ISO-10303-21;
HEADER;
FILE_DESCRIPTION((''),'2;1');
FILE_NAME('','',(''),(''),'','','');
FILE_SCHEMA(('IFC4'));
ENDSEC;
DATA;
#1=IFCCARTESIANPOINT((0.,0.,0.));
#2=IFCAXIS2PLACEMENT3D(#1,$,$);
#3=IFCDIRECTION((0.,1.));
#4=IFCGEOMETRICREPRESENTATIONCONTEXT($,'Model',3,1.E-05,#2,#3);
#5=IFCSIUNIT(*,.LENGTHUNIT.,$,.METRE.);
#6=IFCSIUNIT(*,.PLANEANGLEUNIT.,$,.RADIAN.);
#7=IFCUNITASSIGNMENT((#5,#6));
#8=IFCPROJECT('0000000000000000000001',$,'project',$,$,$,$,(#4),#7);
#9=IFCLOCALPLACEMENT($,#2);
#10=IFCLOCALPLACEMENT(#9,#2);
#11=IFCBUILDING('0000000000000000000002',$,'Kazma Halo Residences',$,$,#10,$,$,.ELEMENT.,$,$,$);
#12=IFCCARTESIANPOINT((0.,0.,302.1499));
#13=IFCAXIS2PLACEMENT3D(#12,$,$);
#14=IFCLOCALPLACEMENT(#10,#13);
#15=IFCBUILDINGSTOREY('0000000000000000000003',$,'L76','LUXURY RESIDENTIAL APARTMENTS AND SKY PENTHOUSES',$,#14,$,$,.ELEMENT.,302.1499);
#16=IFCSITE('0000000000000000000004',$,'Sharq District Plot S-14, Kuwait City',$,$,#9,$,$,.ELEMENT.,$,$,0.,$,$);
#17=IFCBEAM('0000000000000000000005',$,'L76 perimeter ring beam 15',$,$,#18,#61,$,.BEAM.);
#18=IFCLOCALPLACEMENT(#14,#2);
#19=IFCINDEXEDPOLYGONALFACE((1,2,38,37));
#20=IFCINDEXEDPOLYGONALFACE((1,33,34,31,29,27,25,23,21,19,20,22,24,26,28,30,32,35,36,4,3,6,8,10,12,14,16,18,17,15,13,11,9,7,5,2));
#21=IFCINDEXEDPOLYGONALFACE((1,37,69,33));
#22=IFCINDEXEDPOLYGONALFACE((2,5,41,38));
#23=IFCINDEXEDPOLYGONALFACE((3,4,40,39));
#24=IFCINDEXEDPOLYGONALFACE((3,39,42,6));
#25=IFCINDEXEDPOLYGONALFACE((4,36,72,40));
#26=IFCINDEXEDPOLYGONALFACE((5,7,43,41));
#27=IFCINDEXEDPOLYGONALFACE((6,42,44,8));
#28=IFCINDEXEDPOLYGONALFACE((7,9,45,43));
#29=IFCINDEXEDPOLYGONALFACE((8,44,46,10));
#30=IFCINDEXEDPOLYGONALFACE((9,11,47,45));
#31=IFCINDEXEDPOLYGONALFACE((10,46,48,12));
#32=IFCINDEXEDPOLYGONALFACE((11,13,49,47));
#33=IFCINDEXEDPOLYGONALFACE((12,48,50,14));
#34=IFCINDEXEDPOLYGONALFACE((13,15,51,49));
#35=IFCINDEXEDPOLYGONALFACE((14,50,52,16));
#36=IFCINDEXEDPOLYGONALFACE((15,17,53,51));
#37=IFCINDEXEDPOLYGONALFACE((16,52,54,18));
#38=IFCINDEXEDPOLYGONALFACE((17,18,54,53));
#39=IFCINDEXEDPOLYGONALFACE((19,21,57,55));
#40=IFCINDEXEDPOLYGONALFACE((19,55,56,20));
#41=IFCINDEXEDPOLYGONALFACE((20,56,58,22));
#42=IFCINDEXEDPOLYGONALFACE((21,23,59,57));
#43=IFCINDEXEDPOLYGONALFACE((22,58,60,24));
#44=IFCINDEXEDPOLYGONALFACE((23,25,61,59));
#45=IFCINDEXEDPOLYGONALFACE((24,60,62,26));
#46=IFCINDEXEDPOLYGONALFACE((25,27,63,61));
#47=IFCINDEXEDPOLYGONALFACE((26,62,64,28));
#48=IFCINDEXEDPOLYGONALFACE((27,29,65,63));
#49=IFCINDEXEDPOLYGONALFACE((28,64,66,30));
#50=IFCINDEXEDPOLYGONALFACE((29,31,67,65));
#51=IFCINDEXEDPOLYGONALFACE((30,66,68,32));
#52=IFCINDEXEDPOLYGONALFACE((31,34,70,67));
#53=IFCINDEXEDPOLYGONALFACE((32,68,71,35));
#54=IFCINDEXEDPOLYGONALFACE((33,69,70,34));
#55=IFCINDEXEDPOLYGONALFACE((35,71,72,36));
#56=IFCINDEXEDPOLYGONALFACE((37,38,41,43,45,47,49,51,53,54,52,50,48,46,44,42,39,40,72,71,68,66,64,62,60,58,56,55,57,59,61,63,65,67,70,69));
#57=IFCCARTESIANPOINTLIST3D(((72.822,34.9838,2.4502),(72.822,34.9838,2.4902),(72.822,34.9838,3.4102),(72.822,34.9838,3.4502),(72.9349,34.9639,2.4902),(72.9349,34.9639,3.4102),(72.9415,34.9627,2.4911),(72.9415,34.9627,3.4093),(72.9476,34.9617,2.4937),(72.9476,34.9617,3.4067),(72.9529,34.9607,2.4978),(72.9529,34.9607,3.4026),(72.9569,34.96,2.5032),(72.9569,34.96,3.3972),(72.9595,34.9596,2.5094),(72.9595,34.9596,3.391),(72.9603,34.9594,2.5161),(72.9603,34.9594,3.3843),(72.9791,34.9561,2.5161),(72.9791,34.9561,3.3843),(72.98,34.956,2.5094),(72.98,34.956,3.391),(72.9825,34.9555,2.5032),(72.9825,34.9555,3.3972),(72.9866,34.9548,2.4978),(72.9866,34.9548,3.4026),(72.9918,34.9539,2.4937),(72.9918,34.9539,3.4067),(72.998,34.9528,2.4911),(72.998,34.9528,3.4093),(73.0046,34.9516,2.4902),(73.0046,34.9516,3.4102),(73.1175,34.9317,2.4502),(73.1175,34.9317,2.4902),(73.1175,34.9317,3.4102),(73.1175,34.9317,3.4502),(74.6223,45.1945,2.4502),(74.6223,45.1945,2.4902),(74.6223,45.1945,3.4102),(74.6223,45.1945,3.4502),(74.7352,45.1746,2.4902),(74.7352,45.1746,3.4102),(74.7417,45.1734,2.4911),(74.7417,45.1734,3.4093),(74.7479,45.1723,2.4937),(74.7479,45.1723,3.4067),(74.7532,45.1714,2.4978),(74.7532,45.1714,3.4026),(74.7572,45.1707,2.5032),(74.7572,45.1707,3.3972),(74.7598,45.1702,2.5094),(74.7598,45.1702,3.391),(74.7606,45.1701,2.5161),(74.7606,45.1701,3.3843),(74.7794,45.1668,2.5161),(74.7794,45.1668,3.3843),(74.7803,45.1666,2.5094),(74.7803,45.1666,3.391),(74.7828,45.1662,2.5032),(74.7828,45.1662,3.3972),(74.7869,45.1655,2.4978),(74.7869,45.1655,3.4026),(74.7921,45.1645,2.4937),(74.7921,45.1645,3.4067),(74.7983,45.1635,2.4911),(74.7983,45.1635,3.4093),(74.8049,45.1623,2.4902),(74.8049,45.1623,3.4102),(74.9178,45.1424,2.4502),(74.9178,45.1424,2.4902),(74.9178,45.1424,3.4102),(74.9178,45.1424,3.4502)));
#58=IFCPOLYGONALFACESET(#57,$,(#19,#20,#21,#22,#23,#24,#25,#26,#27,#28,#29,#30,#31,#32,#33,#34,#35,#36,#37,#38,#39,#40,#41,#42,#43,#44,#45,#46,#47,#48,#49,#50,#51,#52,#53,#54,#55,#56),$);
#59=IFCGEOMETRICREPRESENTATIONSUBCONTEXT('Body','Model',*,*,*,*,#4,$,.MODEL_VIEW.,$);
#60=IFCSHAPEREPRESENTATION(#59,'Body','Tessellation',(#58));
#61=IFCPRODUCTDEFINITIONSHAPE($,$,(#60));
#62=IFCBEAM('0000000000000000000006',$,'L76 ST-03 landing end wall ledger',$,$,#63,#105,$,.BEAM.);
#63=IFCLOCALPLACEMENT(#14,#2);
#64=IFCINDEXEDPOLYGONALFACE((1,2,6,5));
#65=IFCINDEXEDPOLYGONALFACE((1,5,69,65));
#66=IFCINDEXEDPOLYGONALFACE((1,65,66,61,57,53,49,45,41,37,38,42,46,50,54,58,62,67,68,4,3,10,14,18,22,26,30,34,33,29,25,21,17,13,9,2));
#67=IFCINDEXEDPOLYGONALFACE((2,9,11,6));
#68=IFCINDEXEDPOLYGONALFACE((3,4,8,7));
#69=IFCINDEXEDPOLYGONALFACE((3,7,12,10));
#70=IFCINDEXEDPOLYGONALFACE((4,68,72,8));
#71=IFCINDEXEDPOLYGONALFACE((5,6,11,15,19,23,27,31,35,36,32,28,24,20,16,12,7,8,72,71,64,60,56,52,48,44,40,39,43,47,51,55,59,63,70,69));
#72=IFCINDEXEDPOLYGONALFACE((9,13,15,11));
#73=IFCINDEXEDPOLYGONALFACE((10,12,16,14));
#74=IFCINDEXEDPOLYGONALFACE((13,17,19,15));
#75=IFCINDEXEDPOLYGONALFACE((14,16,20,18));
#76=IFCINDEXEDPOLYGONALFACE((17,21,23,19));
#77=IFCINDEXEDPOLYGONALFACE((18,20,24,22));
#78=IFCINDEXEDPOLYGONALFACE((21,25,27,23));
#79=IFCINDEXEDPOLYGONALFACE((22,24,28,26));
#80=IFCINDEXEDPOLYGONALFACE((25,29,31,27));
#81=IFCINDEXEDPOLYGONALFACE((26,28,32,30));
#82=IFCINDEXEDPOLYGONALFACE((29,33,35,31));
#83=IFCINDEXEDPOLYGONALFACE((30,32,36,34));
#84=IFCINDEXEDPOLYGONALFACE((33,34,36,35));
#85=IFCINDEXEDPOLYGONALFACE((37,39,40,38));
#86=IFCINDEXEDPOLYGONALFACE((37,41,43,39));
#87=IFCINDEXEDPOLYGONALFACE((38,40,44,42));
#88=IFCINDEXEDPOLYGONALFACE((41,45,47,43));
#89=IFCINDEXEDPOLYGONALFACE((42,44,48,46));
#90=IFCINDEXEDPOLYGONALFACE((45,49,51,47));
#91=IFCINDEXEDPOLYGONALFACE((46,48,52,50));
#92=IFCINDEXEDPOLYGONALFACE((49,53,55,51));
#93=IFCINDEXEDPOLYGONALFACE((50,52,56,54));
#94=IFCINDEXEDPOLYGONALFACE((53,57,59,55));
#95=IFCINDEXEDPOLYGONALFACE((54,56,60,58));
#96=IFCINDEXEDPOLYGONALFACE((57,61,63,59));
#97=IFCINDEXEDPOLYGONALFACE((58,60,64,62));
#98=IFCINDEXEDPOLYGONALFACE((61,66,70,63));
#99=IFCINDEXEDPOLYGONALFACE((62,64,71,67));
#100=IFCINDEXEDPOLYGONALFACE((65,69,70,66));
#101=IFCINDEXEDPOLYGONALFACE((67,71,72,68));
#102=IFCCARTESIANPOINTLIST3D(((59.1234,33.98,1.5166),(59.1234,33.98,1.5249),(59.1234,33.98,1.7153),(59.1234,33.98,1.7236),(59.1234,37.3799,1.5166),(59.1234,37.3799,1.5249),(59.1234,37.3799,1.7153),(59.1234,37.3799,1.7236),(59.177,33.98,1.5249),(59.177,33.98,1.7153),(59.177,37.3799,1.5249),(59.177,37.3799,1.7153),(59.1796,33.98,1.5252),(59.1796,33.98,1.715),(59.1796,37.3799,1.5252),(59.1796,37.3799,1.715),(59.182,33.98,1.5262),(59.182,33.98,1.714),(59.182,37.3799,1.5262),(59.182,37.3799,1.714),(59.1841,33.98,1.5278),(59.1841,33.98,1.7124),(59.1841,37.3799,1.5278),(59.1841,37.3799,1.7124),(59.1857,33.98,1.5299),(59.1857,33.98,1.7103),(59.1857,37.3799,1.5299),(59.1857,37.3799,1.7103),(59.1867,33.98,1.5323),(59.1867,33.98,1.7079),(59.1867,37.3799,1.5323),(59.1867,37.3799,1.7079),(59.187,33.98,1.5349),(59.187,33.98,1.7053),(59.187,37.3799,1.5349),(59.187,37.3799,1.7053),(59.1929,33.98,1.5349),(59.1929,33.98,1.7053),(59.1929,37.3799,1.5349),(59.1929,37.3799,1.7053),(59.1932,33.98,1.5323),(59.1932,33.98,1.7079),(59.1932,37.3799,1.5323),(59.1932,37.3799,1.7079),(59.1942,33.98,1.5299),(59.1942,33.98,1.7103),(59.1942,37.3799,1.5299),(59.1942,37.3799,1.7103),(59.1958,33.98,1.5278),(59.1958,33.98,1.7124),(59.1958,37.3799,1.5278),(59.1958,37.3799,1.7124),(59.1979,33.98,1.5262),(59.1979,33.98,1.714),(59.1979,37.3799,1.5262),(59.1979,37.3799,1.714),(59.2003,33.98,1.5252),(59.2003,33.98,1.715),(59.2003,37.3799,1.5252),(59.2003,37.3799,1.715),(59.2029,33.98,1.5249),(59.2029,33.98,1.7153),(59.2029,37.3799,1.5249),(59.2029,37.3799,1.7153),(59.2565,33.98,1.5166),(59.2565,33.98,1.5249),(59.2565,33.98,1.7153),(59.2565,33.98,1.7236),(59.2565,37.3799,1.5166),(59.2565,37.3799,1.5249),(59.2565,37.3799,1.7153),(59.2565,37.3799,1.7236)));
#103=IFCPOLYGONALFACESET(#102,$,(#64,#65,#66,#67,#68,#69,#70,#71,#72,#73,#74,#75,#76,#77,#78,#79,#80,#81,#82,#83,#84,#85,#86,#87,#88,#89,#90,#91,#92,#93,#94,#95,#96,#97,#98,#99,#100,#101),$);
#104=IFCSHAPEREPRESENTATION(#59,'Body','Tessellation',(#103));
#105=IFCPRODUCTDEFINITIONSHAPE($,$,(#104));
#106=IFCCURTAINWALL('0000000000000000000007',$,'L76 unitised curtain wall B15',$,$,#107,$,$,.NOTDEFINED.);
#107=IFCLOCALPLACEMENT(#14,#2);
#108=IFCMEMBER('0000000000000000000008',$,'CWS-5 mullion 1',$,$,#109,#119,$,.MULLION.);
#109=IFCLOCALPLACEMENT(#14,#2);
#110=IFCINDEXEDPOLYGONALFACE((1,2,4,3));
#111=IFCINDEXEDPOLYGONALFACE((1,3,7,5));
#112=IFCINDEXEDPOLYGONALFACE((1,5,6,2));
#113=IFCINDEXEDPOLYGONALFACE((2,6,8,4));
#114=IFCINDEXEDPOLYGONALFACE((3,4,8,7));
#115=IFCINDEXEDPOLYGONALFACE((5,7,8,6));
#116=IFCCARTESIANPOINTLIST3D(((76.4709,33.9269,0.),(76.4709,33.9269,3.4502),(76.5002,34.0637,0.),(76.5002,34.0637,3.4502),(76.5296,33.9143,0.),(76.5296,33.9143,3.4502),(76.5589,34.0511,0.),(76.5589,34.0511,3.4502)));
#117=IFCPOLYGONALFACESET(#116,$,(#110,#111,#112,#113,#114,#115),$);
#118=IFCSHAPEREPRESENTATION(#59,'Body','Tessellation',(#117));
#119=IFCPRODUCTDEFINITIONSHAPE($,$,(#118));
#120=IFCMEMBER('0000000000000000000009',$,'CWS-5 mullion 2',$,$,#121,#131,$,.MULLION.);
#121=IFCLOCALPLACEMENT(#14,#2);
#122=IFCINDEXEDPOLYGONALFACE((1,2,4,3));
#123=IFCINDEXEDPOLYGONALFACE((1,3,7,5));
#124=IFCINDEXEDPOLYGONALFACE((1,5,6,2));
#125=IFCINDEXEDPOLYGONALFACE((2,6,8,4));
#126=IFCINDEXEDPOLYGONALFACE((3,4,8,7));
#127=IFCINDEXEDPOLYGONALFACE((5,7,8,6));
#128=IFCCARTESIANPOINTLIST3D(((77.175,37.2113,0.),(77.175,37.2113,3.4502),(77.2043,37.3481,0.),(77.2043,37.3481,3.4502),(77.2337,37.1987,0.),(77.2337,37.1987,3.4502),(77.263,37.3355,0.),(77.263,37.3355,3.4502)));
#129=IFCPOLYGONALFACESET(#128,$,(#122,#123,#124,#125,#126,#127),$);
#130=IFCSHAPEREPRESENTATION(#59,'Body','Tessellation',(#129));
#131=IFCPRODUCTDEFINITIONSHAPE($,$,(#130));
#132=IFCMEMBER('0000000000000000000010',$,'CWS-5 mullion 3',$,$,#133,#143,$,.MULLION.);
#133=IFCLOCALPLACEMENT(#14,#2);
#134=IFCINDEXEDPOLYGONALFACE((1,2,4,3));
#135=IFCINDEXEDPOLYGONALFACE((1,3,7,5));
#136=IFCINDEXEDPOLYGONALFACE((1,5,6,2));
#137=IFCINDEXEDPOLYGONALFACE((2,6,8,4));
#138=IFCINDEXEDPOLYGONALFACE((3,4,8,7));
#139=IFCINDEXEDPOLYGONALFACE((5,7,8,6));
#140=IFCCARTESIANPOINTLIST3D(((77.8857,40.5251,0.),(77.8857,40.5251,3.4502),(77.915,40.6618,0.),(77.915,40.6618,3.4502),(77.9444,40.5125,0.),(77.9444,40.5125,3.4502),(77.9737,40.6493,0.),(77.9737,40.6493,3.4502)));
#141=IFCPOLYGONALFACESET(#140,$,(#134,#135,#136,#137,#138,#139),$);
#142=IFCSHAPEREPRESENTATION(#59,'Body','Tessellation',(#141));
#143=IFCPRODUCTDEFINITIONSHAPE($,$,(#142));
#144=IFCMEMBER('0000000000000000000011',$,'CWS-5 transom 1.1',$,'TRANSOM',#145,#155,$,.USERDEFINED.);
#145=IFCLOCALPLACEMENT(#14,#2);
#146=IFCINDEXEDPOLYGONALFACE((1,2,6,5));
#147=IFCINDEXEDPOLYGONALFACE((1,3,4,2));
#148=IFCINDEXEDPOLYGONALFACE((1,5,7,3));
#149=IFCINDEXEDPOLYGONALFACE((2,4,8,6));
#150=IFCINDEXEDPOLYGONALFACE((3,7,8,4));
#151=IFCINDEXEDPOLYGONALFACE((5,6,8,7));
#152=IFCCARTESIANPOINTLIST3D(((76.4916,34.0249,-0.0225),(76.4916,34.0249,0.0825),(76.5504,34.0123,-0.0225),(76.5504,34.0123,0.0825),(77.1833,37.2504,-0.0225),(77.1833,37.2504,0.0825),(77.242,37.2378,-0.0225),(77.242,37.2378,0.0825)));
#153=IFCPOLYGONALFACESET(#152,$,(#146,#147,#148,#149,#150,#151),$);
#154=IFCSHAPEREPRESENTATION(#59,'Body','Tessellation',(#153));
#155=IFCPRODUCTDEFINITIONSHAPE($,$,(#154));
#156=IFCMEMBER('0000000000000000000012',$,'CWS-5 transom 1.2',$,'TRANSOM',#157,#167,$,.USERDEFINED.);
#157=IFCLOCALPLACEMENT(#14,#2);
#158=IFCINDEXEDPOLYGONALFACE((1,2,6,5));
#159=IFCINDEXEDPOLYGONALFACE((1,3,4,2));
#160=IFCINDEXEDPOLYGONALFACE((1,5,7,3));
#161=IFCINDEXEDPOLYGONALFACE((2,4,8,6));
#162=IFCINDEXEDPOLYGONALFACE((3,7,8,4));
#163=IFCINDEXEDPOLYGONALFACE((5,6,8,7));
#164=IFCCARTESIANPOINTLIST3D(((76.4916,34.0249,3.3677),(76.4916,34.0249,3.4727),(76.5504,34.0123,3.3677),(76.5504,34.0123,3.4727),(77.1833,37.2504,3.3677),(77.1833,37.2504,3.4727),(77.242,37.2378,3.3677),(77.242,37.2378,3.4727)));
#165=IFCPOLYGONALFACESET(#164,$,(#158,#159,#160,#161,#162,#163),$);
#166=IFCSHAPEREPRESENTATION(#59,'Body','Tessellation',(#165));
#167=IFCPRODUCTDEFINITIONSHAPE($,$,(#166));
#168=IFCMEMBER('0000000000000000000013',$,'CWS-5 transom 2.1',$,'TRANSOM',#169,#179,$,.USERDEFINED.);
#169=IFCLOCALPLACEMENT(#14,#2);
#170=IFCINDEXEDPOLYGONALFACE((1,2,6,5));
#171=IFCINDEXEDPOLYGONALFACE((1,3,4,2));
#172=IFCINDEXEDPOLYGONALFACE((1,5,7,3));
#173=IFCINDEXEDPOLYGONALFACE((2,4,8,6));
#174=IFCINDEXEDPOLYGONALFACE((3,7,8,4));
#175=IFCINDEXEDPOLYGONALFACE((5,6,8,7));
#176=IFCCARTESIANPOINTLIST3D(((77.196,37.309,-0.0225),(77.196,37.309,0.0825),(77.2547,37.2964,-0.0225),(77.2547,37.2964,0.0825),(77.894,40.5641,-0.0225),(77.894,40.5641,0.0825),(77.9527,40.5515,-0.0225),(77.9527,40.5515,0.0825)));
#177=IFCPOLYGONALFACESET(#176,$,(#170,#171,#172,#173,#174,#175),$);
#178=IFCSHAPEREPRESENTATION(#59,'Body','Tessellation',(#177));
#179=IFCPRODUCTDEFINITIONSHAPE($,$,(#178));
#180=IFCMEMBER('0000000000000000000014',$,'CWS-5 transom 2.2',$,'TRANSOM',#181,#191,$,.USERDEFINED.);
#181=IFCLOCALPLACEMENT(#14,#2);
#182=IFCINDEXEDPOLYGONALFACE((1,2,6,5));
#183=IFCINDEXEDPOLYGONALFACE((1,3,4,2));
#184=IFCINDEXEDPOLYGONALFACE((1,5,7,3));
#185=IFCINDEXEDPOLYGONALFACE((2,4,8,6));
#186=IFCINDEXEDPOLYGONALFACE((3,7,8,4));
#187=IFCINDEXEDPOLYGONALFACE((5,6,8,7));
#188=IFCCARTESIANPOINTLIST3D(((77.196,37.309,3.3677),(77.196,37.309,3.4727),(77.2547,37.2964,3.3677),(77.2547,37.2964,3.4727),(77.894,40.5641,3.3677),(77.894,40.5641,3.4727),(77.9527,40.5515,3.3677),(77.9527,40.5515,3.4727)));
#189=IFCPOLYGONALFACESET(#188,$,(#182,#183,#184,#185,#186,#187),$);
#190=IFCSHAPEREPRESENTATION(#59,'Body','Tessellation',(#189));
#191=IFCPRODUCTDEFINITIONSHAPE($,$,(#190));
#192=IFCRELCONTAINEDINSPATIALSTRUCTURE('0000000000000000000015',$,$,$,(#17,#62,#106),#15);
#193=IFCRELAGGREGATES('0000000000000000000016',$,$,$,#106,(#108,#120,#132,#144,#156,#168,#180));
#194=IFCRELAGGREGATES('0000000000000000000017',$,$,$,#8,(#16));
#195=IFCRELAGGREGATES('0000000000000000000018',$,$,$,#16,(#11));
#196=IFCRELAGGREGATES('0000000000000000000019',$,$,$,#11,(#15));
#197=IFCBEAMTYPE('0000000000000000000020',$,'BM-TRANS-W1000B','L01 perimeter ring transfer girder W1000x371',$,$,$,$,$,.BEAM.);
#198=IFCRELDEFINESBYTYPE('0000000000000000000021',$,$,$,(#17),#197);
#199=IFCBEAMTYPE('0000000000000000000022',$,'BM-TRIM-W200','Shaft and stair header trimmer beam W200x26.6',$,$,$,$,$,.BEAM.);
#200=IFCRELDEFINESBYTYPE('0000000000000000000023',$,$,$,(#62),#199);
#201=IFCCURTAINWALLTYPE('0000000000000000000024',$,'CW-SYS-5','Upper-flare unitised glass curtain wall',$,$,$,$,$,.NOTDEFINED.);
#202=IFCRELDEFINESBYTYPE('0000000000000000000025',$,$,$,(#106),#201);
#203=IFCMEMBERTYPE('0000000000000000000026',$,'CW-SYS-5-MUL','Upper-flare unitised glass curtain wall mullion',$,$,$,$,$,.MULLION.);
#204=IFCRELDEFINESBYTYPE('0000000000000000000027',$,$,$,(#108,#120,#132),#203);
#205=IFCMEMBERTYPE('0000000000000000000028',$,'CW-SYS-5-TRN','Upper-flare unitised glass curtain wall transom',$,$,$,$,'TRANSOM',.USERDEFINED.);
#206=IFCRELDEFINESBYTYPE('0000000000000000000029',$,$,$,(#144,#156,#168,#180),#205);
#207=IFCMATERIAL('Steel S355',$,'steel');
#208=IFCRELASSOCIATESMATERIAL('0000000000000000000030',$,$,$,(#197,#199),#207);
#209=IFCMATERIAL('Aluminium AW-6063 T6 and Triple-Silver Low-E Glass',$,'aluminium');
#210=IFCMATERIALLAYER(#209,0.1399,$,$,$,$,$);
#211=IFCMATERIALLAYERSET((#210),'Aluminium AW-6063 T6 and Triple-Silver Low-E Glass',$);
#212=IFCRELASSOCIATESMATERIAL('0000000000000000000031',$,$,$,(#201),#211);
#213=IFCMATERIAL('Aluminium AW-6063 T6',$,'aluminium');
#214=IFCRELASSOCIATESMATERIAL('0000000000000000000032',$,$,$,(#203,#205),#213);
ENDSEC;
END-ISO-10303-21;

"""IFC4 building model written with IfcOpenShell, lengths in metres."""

from ifc_helpers import new_model, si_unit, direction, frame, origin, origin_2d, place, context, subcontext, project, spatial, rectangle, i_section, extrude, material, layer, layer_set, material_profile, profile_set, type_object, element, aggregate, save


model = new_model("IFC4")

# Units and contexts
model_context = context("Model", 3, precision=1e-05, world=origin(), true_north=direction((0.0, 1.0)))
body_context = subcontext(model_context, "Body", "Model", "MODEL_VIEW")
ifc_project = project(units=[si_unit("LENGTHUNIT", "METRE"), si_unit("PLANEANGLEUNIT", "RADIAN")], contexts=[model_context])

# Site, building, storey
site_placement = place(None, origin())
site = spatial("IfcSite", under=ifc_project, at=site_placement, Name="Sharq District Plot S-14, Kuwait City", CompositionType="ELEMENT", RefElevation=0.0)
building_placement = place(site_placement, origin())
building = spatial("IfcBuilding", under=site, at=building_placement, Name="Kazma Halo Residences", CompositionType="ELEMENT")
storey_placement = place(building_placement, frame((0.0, 0.0, 302.1499)))
storey = spatial("IfcBuildingStorey", under=building, at=storey_placement, Name="L76", Description="LUXURY RESIDENTIAL APARTMENTS AND SKY PENTHOUSES", CompositionType="ELEMENT", Elevation=302.1499)

# Beams
ifc_material_1 = material(Name="Steel S355", Category="steel")
ifc_material_profile_1 = material_profile(ifc_material_1, i_section(OverallWidth=0.3, OverallDepth=1.0, WebThickness=0.019, FlangeThickness=0.04, FilletRadius=0.0259, at=origin_2d()), Name="W1000x371")
ifc_profile_set_1 = profile_set([ifc_material_profile_1], Name="Steel S355")
beam_type_1 = type_object("IfcBeamType", Name="BM-TRANS-W1000B", Description="L01 perimeter ring transfer girder W1000x371", PredefinedType="BEAM", material=ifc_profile_set_1)
beam_1_placement = place(storey_placement, frame((72.9697, 34.9578, 2.9502), z_axis=(0.173636, 0.98481, 0.0), x_axis=(-0.98481, 0.173636, 0.0)))
element("IfcBeam", 1, at=beam_1_placement, inside=storey, type_object=beam_type_1, Name="L76 perimeter ring beam 15", PredefinedType="BEAM", context=body_context, shape_type="SweptSolid", body=[
    extrude(i_section(OverallWidth=0.3, OverallDepth=1.0, WebThickness=0.019, FlangeThickness=0.04, FilletRadius=0.0259, at=origin_2d()), origin(), (0.0, 0.0, 1.0), 10.3682),
])
ifc_material_profile_2 = material_profile(ifc_material_1, i_section(OverallWidth=0.1331, OverallDepth=0.207, WebThickness=0.0059, FlangeThickness=0.0083, FilletRadius=0.01, at=origin_2d()), Name="W200x26.6")
ifc_profile_set_2 = profile_set([ifc_material_profile_2], Name="Steel S355")
beam_type_2 = type_object("IfcBeamType", Name="BM-TRIM-W200", Description="Shaft and stair header trimmer beam W200x26.6", PredefinedType="BEAM", material=ifc_profile_set_2)
beam_2_placement = place(storey_placement, frame((59.1899, 33.98, 1.6201), z_axis=(0.0, 1.0, 0.0), x_axis=(-1.0, 0.0, 0.0)))
element("IfcBeam", 2, at=beam_2_placement, inside=storey, type_object=beam_type_2, Name="L76 ST-03 landing end wall ledger", PredefinedType="BEAM", context=body_context, shape_type="SweptSolid", body=[
    extrude(i_section(OverallWidth=0.1331, OverallDepth=0.207, WebThickness=0.0059, FlangeThickness=0.0083, FilletRadius=0.01, at=origin_2d()), origin(), (0.0, 0.0, 1.0), 3.3999),
])

# Curtain wall, members
ifc_material_2 = material(Name="Aluminium AW-6063 T6 and Triple-Silver Low-E Glass", Category="aluminium")
ifc_layer_1 = layer(ifc_material_2, 0.1399)
ifc_layer_set_1 = layer_set([ifc_layer_1], Name="Aluminium AW-6063 T6 and Triple-Silver Low-E Glass")
curtain_wall_type = type_object("IfcCurtainWallType", Name="CW-SYS-5", Description="Upper-flare unitised glass curtain wall", PredefinedType="NOTDEFINED", material=ifc_layer_set_1)
curtain_wall_placement = place(storey_placement, origin())
curtain_wall = element("IfcCurtainWall", 3, at=curtain_wall_placement, inside=storey, type_object=curtain_wall_type, Name="L76 unitised curtain wall B15", PredefinedType="NOTDEFINED")
ifc_material_3 = material(Name="Aluminium AW-6063 T6", Category="aluminium")
ifc_material_profile_3 = material_profile(ifc_material_3, rectangle(XDim=0.0601, YDim=0.1399, at=origin_2d()), Name="CWM-60x140")
ifc_profile_set_3 = profile_set([ifc_material_profile_3], Name="Aluminium AW-6063 T6")
member_type_1 = type_object("IfcMemberType", Name="CW-SYS-5-MUL", Description="Upper-flare unitised glass curtain wall mullion", PredefinedType="MULLION", material=ifc_profile_set_3)
member_1_placement = place(storey_placement, frame((76.5149, 33.989, 0.0), z_axis=(0.0, 0.0, 1.0), x_axis=(-0.977775, 0.209657, 0.0)))
member_1 = element("IfcMember", 4, at=member_1_placement, type_object=member_type_1, Name="CWS-5 mullion 1", PredefinedType="MULLION", context=body_context, shape_type="SweptSolid", body=[
    extrude(rectangle(XDim=0.0601, YDim=0.1399, at=origin_2d()), origin(), (0.0, 0.0, 1.0), 3.4502),
])
member_2_placement = place(storey_placement, frame((77.219, 37.2734, 0.0), z_axis=(0.0, 0.0, 1.0), x_axis=(-0.977775, 0.209657, 0.0)))
member_2 = element("IfcMember", 5, at=member_2_placement, type_object=member_type_1, Name="CWS-5 mullion 2", PredefinedType="MULLION", context=body_context, shape_type="SweptSolid", body=[
    extrude(rectangle(XDim=0.0601, YDim=0.1399, at=origin_2d()), origin(), (0.0, 0.0, 1.0), 3.4502),
])
member_3_placement = place(storey_placement, frame((77.9297, 40.5872, 0.0), z_axis=(0.0, 0.0, 1.0), x_axis=(-0.977775, 0.209657, 0.0)))
member_3 = element("IfcMember", 6, at=member_3_placement, type_object=member_type_1, Name="CWS-5 mullion 3", PredefinedType="MULLION", context=body_context, shape_type="SweptSolid", body=[
    extrude(rectangle(XDim=0.0601, YDim=0.1399, at=origin_2d()), origin(), (0.0, 0.0, 1.0), 3.4502),
])
ifc_material_profile_4 = material_profile(ifc_material_3, rectangle(XDim=0.0601, YDim=0.105, at=origin_2d()), Name="CWT-60x105")
ifc_profile_set_4 = profile_set([ifc_material_profile_4], Name="Aluminium AW-6063 T6")
member_type_2 = type_object("IfcMemberType", Name="CW-SYS-5-TRN", Description="Upper-flare unitised glass curtain wall transom", ElementType="TRANSOM", PredefinedType="USERDEFINED", material=ifc_profile_set_4)
member_4_placement = place(storey_placement, frame((76.521, 34.0186, 0.03), z_axis=(0.20966, 0.977774, 0.0), x_axis=(-0.977774, 0.20966, 0.0)))
member_4 = element("IfcMember", 7, at=member_4_placement, type_object=member_type_2, Name="CWS-5 transom 1.1", ObjectType="TRANSOM", PredefinedType="USERDEFINED", context=body_context, shape_type="SweptSolid", body=[
    extrude(rectangle(XDim=0.0601, YDim=0.105, at=origin_2d()), origin(), (0.0, 0.0, 1.0), 3.2988),
])
member_5_placement = place(storey_placement, frame((76.521, 34.0186, 3.4202), z_axis=(0.20966, 0.977774, 0.0), x_axis=(-0.977774, 0.20966, 0.0)))
member_5 = element("IfcMember", 8, at=member_5_placement, type_object=member_type_2, Name="CWS-5 transom 1.2", ObjectType="TRANSOM", PredefinedType="USERDEFINED", context=body_context, shape_type="SweptSolid", body=[
    extrude(rectangle(XDim=0.0601, YDim=0.105, at=origin_2d()), origin(), (0.0, 0.0, 1.0), 3.2988),
])
member_6_placement = place(storey_placement, frame((77.2253, 37.3027, 0.03), z_axis=(0.209664, 0.977773, 0.0), x_axis=(-0.977773, 0.209664, 0.0)))
member_6 = element("IfcMember", 9, at=member_6_placement, type_object=member_type_2, Name="CWS-5 transom 2.1", ObjectType="TRANSOM", PredefinedType="USERDEFINED", context=body_context, shape_type="SweptSolid", body=[
    extrude(rectangle(XDim=0.0601, YDim=0.105, at=origin_2d()), origin(), (0.0, 0.0, 1.0), 3.3291),
])
member_7_placement = place(storey_placement, frame((77.2253, 37.3027, 3.4202), z_axis=(0.209664, 0.977773, 0.0), x_axis=(-0.977773, 0.209664, 0.0)))
member_7 = element("IfcMember", 10, at=member_7_placement, type_object=member_type_2, Name="CWS-5 transom 2.2", ObjectType="TRANSOM", PredefinedType="USERDEFINED", context=body_context, shape_type="SweptSolid", body=[
    extrude(rectangle(XDim=0.0601, YDim=0.105, at=origin_2d()), origin(), (0.0, 0.0, 1.0), 3.3291),
])
aggregate(curtain_wall, [member_1, member_2, member_3, member_4, member_5, member_6, member_7])

save(model, "model.ifc")
